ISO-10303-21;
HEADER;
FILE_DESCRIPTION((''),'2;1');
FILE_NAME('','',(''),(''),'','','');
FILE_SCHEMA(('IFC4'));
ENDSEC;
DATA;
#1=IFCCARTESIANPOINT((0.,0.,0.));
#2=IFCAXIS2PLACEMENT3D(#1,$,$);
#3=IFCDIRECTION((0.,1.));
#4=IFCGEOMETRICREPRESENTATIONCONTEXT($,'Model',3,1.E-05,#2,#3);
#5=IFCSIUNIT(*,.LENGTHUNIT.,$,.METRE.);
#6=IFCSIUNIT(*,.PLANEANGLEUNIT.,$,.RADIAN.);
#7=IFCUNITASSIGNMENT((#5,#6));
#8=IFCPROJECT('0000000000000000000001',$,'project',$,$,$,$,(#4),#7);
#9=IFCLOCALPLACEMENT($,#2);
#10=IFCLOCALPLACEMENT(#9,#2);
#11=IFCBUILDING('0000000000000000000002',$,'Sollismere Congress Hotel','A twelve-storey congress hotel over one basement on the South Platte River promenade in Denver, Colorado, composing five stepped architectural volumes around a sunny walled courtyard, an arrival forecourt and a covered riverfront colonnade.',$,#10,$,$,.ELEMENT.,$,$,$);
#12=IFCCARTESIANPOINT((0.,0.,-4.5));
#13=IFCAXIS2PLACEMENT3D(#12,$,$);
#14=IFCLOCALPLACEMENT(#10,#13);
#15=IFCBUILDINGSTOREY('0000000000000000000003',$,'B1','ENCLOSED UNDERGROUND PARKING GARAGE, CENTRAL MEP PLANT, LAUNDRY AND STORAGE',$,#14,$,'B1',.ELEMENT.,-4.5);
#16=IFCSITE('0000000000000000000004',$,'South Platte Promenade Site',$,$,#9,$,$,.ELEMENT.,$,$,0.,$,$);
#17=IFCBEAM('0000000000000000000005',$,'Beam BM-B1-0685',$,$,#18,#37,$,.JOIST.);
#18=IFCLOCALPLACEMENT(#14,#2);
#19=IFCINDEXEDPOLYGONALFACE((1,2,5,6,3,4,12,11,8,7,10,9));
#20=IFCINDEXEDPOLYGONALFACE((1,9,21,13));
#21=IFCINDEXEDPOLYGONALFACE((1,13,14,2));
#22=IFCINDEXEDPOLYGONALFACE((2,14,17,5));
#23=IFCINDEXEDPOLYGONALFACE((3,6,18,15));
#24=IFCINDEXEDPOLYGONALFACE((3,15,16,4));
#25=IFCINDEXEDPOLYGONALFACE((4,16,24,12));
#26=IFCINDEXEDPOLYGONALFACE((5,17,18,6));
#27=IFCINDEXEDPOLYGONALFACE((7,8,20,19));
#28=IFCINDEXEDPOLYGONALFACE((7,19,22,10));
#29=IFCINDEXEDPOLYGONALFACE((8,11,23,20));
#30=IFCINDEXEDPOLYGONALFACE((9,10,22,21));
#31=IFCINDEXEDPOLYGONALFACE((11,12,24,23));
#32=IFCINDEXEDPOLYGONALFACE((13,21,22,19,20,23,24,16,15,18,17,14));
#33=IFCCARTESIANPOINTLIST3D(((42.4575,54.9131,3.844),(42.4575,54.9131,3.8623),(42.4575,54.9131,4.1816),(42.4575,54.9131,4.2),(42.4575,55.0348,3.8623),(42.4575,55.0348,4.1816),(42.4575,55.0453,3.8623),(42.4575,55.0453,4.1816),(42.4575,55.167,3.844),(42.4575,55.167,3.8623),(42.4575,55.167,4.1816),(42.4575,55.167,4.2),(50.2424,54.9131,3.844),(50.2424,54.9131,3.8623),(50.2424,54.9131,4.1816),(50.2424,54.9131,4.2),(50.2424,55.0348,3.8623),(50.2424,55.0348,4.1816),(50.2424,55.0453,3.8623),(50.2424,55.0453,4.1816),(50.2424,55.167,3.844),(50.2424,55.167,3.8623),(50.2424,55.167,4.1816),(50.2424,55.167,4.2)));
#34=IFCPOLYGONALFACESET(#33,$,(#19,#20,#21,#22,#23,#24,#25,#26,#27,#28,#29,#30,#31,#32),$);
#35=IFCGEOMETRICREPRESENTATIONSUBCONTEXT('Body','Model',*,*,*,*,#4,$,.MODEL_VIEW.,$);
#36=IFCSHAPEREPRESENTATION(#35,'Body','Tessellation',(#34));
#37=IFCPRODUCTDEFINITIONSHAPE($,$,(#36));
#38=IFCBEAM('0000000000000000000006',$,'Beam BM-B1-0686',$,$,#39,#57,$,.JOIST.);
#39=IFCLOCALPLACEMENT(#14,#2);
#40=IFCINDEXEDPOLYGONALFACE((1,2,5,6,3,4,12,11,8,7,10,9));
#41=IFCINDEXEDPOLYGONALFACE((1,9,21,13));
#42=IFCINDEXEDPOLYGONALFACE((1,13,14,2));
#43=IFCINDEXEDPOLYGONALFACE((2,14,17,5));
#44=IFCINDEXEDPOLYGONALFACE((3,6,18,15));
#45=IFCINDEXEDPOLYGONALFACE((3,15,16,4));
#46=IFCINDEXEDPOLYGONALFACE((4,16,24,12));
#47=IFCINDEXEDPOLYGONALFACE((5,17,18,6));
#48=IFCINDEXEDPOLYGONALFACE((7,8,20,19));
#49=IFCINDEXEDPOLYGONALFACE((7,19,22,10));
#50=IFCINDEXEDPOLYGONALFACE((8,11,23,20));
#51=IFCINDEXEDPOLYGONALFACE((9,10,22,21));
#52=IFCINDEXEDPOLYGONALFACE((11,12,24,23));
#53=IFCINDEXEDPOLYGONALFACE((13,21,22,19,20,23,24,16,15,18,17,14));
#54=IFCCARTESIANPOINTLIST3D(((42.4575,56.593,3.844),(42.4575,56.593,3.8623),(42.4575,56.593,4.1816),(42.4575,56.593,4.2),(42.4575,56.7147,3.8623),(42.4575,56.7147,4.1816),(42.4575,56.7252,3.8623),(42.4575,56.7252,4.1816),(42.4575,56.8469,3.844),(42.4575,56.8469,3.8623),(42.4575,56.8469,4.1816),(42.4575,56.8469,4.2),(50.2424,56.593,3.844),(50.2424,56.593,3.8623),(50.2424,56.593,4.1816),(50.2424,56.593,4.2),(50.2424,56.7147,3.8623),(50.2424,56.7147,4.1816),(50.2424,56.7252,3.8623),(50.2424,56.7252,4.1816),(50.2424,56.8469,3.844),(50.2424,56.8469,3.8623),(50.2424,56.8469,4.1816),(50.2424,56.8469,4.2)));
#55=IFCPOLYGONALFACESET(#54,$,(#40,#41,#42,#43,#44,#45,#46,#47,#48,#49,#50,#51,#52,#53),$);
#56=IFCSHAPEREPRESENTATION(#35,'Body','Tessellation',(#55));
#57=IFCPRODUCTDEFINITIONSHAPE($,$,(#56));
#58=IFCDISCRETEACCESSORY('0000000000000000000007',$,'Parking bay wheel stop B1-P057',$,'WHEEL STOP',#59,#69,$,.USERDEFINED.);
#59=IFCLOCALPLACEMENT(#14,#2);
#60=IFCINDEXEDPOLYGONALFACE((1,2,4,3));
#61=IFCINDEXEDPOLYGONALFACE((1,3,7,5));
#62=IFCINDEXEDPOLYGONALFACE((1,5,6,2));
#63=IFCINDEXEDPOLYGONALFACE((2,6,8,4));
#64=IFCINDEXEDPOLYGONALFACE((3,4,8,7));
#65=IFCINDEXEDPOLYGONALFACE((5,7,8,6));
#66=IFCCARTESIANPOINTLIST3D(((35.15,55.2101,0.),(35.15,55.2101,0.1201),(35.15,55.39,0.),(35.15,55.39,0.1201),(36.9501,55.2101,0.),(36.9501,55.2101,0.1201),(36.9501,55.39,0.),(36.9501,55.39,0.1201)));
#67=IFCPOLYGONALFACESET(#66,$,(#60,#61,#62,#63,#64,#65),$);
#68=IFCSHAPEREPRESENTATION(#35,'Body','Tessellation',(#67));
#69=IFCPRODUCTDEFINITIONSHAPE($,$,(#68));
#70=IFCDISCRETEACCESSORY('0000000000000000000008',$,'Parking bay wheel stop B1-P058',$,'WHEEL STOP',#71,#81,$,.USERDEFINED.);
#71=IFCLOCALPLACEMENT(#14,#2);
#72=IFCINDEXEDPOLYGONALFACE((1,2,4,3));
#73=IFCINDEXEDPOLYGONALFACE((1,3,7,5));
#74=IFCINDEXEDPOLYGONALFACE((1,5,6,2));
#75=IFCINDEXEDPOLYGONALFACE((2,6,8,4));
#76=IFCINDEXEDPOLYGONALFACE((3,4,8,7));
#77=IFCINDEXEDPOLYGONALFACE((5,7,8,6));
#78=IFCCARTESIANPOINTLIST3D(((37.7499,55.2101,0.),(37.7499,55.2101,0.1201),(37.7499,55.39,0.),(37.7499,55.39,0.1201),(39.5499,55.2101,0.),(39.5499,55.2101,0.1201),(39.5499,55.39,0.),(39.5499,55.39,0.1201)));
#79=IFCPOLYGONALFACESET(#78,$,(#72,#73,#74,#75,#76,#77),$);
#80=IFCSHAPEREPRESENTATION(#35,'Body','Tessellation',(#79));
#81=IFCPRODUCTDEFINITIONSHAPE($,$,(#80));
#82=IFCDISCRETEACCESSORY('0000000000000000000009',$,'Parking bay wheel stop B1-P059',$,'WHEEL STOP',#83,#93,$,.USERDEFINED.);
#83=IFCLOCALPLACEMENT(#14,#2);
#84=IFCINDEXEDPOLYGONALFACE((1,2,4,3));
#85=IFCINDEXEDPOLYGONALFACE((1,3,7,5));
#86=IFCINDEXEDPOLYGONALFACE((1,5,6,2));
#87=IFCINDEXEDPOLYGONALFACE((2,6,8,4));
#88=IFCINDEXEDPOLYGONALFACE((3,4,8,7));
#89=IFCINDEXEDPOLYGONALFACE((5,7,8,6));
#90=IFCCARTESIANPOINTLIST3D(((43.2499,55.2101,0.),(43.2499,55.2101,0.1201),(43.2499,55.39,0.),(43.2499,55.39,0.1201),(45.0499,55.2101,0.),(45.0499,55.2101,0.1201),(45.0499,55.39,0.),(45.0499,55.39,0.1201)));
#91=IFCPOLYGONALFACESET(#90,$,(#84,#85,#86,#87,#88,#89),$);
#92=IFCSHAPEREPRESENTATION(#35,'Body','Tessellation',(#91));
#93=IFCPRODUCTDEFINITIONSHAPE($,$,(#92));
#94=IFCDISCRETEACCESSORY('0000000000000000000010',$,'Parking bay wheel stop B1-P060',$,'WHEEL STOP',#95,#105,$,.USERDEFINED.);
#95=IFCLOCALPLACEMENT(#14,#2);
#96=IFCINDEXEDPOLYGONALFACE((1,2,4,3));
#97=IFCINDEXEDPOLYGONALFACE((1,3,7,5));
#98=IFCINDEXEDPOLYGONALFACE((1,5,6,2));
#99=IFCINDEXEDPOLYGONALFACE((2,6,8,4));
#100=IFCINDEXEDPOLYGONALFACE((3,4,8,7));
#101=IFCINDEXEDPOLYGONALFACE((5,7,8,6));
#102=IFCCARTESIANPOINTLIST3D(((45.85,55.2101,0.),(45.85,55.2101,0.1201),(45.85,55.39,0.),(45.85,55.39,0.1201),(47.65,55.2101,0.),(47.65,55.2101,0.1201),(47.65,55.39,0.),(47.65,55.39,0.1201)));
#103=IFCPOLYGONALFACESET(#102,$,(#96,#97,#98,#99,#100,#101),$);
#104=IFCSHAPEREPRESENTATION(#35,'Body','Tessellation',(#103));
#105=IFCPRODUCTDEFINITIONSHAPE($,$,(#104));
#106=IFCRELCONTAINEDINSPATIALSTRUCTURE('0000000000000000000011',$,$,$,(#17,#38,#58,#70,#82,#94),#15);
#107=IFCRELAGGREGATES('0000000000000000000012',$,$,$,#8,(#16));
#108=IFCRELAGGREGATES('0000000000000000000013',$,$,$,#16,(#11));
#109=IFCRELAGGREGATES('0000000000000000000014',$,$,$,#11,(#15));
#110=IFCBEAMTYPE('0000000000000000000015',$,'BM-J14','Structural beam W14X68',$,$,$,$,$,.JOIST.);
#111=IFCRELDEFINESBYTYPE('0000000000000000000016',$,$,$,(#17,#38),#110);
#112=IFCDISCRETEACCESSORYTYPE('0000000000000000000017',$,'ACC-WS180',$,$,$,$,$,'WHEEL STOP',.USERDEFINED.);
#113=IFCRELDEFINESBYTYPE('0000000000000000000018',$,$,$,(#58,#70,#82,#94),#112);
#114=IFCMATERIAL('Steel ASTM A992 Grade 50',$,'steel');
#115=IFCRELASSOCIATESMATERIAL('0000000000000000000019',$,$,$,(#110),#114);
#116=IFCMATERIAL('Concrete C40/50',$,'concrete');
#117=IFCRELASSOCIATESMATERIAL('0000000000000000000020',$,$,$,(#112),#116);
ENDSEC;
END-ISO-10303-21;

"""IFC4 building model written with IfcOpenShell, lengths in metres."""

from ifc_helpers import new_model, si_unit, direction, frame, origin, origin_2d, place, context, subcontext, project, spatial, rectangle, i_section, extrude, material, material_profile, profile_set, type_object, element, save


model = new_model("IFC4")

# Units and contexts
model_context = context("Model", 3, precision=1e-05, world=origin(), true_north=direction((0.0, 1.0)))
body_context = subcontext(model_context, "Body", "Model", "MODEL_VIEW")
ifc_project = project(units=[si_unit("LENGTHUNIT", "METRE"), si_unit("PLANEANGLEUNIT", "RADIAN")], contexts=[model_context])

# Site, building, storey
site_placement = place(None, origin())
site = spatial("IfcSite", under=ifc_project, at=site_placement, Name="South Platte Promenade Site", CompositionType="ELEMENT", RefElevation=0.0)
building_placement = place(site_placement, origin())
building = spatial("IfcBuilding", under=site, at=building_placement, Name="Sollismere Congress Hotel", Description="A twelve-storey congress hotel over one basement on the South Platte River promenade in Denver, Colorado, composing five stepped architectural volumes around a sunny walled courtyard, an arrival forecourt and a covered riverfront colonnade.", CompositionType="ELEMENT")
storey_placement = place(building_placement, frame((0.0, 0.0, -4.5)))
storey = spatial("IfcBuildingStorey", under=building, at=storey_placement, Name="B1", Description="ENCLOSED UNDERGROUND PARKING GARAGE, CENTRAL MEP PLANT, LAUNDRY AND STORAGE", LongName="B1", CompositionType="ELEMENT", Elevation=-4.5)

# Shared definitions
ifc_material_1 = material(Name="Concrete C40/50", Category="concrete")

# Beams
ifc_material_2 = material(Name="Steel ASTM A992 Grade 50", Category="steel")
ifc_material_profile_1 = material_profile(ifc_material_2, i_section(OverallWidth=0.2539, OverallDepth=0.356, WebThickness=0.0105, FlangeThickness=0.0183, at=origin_2d()), Name="W14X68")
ifc_profile_set_1 = profile_set([ifc_material_profile_1], Name="Steel ASTM A992 Grade 50")
beam_type_1 = type_object("IfcBeamType", Name="BM-J14", Description="Structural beam W14X68", PredefinedType="JOIST", material=ifc_profile_set_1)
for number, where, z_axis, x_axis, name in (
    (1, (42.4575, 55.04, 4.022), (1.0, 0.0, 0.0), (0.0, 1.0, 0.0), "Beam BM-B1-0685"),
    (2, (42.4575, 56.72, 4.022), (1.0, 0.0, 0.0), (0.0, 1.0, 0.0), "Beam BM-B1-0686"),
):
    element("IfcBeam", number, at=place(storey_placement, frame(where, z_axis=z_axis, x_axis=x_axis)), inside=storey, type_object=beam_type_1, Name=name, PredefinedType="JOIST", context=body_context, shape_type="SweptSolid", body=[
        extrude(i_section(OverallWidth=0.2539, OverallDepth=0.356, WebThickness=0.0105, FlangeThickness=0.0183, at=origin_2d()), origin(), (0.0, 0.0, 1.0), 7.7849),
    ])

# Discrete accessories
discrete_accessory_type = type_object("IfcDiscreteAccessoryType", Name="ACC-WS180", ElementType="WHEEL STOP", PredefinedType="USERDEFINED", material=ifc_material_1)
for number, where, z_axis, x_axis, name in (
    (3, (36.05, 55.3, 0.0), (0.0, 0.0, 1.0), (1.0, 0.0, 0.0), "Parking bay wheel stop B1-P057"),
    (4, (38.6499, 55.3, 0.0), (0.0, 0.0, 1.0), (1.0, 0.0, 0.0), "Parking bay wheel stop B1-P058"),
    (5, (44.1499, 55.3, 0.0), (0.0, 0.0, 1.0), (1.0, 0.0, 0.0), "Parking bay wheel stop B1-P059"),
    (6, (46.75, 55.3, 0.0), (0.0, 0.0, 1.0), (1.0, 0.0, 0.0), "Parking bay wheel stop B1-P060"),
):
    element("IfcDiscreteAccessory", number, at=place(storey_placement, frame(where, z_axis=z_axis, x_axis=x_axis)), inside=storey, type_object=discrete_accessory_type, Name=name, ObjectType="WHEEL STOP", PredefinedType="USERDEFINED", context=body_context, shape_type="SweptSolid", body=[
        extrude(rectangle(XDim=1.8, YDim=0.1799, at=origin_2d()), origin(), (0.0, 0.0, 1.0), 0.1201),
    ])

save(model, "model.ifc")
